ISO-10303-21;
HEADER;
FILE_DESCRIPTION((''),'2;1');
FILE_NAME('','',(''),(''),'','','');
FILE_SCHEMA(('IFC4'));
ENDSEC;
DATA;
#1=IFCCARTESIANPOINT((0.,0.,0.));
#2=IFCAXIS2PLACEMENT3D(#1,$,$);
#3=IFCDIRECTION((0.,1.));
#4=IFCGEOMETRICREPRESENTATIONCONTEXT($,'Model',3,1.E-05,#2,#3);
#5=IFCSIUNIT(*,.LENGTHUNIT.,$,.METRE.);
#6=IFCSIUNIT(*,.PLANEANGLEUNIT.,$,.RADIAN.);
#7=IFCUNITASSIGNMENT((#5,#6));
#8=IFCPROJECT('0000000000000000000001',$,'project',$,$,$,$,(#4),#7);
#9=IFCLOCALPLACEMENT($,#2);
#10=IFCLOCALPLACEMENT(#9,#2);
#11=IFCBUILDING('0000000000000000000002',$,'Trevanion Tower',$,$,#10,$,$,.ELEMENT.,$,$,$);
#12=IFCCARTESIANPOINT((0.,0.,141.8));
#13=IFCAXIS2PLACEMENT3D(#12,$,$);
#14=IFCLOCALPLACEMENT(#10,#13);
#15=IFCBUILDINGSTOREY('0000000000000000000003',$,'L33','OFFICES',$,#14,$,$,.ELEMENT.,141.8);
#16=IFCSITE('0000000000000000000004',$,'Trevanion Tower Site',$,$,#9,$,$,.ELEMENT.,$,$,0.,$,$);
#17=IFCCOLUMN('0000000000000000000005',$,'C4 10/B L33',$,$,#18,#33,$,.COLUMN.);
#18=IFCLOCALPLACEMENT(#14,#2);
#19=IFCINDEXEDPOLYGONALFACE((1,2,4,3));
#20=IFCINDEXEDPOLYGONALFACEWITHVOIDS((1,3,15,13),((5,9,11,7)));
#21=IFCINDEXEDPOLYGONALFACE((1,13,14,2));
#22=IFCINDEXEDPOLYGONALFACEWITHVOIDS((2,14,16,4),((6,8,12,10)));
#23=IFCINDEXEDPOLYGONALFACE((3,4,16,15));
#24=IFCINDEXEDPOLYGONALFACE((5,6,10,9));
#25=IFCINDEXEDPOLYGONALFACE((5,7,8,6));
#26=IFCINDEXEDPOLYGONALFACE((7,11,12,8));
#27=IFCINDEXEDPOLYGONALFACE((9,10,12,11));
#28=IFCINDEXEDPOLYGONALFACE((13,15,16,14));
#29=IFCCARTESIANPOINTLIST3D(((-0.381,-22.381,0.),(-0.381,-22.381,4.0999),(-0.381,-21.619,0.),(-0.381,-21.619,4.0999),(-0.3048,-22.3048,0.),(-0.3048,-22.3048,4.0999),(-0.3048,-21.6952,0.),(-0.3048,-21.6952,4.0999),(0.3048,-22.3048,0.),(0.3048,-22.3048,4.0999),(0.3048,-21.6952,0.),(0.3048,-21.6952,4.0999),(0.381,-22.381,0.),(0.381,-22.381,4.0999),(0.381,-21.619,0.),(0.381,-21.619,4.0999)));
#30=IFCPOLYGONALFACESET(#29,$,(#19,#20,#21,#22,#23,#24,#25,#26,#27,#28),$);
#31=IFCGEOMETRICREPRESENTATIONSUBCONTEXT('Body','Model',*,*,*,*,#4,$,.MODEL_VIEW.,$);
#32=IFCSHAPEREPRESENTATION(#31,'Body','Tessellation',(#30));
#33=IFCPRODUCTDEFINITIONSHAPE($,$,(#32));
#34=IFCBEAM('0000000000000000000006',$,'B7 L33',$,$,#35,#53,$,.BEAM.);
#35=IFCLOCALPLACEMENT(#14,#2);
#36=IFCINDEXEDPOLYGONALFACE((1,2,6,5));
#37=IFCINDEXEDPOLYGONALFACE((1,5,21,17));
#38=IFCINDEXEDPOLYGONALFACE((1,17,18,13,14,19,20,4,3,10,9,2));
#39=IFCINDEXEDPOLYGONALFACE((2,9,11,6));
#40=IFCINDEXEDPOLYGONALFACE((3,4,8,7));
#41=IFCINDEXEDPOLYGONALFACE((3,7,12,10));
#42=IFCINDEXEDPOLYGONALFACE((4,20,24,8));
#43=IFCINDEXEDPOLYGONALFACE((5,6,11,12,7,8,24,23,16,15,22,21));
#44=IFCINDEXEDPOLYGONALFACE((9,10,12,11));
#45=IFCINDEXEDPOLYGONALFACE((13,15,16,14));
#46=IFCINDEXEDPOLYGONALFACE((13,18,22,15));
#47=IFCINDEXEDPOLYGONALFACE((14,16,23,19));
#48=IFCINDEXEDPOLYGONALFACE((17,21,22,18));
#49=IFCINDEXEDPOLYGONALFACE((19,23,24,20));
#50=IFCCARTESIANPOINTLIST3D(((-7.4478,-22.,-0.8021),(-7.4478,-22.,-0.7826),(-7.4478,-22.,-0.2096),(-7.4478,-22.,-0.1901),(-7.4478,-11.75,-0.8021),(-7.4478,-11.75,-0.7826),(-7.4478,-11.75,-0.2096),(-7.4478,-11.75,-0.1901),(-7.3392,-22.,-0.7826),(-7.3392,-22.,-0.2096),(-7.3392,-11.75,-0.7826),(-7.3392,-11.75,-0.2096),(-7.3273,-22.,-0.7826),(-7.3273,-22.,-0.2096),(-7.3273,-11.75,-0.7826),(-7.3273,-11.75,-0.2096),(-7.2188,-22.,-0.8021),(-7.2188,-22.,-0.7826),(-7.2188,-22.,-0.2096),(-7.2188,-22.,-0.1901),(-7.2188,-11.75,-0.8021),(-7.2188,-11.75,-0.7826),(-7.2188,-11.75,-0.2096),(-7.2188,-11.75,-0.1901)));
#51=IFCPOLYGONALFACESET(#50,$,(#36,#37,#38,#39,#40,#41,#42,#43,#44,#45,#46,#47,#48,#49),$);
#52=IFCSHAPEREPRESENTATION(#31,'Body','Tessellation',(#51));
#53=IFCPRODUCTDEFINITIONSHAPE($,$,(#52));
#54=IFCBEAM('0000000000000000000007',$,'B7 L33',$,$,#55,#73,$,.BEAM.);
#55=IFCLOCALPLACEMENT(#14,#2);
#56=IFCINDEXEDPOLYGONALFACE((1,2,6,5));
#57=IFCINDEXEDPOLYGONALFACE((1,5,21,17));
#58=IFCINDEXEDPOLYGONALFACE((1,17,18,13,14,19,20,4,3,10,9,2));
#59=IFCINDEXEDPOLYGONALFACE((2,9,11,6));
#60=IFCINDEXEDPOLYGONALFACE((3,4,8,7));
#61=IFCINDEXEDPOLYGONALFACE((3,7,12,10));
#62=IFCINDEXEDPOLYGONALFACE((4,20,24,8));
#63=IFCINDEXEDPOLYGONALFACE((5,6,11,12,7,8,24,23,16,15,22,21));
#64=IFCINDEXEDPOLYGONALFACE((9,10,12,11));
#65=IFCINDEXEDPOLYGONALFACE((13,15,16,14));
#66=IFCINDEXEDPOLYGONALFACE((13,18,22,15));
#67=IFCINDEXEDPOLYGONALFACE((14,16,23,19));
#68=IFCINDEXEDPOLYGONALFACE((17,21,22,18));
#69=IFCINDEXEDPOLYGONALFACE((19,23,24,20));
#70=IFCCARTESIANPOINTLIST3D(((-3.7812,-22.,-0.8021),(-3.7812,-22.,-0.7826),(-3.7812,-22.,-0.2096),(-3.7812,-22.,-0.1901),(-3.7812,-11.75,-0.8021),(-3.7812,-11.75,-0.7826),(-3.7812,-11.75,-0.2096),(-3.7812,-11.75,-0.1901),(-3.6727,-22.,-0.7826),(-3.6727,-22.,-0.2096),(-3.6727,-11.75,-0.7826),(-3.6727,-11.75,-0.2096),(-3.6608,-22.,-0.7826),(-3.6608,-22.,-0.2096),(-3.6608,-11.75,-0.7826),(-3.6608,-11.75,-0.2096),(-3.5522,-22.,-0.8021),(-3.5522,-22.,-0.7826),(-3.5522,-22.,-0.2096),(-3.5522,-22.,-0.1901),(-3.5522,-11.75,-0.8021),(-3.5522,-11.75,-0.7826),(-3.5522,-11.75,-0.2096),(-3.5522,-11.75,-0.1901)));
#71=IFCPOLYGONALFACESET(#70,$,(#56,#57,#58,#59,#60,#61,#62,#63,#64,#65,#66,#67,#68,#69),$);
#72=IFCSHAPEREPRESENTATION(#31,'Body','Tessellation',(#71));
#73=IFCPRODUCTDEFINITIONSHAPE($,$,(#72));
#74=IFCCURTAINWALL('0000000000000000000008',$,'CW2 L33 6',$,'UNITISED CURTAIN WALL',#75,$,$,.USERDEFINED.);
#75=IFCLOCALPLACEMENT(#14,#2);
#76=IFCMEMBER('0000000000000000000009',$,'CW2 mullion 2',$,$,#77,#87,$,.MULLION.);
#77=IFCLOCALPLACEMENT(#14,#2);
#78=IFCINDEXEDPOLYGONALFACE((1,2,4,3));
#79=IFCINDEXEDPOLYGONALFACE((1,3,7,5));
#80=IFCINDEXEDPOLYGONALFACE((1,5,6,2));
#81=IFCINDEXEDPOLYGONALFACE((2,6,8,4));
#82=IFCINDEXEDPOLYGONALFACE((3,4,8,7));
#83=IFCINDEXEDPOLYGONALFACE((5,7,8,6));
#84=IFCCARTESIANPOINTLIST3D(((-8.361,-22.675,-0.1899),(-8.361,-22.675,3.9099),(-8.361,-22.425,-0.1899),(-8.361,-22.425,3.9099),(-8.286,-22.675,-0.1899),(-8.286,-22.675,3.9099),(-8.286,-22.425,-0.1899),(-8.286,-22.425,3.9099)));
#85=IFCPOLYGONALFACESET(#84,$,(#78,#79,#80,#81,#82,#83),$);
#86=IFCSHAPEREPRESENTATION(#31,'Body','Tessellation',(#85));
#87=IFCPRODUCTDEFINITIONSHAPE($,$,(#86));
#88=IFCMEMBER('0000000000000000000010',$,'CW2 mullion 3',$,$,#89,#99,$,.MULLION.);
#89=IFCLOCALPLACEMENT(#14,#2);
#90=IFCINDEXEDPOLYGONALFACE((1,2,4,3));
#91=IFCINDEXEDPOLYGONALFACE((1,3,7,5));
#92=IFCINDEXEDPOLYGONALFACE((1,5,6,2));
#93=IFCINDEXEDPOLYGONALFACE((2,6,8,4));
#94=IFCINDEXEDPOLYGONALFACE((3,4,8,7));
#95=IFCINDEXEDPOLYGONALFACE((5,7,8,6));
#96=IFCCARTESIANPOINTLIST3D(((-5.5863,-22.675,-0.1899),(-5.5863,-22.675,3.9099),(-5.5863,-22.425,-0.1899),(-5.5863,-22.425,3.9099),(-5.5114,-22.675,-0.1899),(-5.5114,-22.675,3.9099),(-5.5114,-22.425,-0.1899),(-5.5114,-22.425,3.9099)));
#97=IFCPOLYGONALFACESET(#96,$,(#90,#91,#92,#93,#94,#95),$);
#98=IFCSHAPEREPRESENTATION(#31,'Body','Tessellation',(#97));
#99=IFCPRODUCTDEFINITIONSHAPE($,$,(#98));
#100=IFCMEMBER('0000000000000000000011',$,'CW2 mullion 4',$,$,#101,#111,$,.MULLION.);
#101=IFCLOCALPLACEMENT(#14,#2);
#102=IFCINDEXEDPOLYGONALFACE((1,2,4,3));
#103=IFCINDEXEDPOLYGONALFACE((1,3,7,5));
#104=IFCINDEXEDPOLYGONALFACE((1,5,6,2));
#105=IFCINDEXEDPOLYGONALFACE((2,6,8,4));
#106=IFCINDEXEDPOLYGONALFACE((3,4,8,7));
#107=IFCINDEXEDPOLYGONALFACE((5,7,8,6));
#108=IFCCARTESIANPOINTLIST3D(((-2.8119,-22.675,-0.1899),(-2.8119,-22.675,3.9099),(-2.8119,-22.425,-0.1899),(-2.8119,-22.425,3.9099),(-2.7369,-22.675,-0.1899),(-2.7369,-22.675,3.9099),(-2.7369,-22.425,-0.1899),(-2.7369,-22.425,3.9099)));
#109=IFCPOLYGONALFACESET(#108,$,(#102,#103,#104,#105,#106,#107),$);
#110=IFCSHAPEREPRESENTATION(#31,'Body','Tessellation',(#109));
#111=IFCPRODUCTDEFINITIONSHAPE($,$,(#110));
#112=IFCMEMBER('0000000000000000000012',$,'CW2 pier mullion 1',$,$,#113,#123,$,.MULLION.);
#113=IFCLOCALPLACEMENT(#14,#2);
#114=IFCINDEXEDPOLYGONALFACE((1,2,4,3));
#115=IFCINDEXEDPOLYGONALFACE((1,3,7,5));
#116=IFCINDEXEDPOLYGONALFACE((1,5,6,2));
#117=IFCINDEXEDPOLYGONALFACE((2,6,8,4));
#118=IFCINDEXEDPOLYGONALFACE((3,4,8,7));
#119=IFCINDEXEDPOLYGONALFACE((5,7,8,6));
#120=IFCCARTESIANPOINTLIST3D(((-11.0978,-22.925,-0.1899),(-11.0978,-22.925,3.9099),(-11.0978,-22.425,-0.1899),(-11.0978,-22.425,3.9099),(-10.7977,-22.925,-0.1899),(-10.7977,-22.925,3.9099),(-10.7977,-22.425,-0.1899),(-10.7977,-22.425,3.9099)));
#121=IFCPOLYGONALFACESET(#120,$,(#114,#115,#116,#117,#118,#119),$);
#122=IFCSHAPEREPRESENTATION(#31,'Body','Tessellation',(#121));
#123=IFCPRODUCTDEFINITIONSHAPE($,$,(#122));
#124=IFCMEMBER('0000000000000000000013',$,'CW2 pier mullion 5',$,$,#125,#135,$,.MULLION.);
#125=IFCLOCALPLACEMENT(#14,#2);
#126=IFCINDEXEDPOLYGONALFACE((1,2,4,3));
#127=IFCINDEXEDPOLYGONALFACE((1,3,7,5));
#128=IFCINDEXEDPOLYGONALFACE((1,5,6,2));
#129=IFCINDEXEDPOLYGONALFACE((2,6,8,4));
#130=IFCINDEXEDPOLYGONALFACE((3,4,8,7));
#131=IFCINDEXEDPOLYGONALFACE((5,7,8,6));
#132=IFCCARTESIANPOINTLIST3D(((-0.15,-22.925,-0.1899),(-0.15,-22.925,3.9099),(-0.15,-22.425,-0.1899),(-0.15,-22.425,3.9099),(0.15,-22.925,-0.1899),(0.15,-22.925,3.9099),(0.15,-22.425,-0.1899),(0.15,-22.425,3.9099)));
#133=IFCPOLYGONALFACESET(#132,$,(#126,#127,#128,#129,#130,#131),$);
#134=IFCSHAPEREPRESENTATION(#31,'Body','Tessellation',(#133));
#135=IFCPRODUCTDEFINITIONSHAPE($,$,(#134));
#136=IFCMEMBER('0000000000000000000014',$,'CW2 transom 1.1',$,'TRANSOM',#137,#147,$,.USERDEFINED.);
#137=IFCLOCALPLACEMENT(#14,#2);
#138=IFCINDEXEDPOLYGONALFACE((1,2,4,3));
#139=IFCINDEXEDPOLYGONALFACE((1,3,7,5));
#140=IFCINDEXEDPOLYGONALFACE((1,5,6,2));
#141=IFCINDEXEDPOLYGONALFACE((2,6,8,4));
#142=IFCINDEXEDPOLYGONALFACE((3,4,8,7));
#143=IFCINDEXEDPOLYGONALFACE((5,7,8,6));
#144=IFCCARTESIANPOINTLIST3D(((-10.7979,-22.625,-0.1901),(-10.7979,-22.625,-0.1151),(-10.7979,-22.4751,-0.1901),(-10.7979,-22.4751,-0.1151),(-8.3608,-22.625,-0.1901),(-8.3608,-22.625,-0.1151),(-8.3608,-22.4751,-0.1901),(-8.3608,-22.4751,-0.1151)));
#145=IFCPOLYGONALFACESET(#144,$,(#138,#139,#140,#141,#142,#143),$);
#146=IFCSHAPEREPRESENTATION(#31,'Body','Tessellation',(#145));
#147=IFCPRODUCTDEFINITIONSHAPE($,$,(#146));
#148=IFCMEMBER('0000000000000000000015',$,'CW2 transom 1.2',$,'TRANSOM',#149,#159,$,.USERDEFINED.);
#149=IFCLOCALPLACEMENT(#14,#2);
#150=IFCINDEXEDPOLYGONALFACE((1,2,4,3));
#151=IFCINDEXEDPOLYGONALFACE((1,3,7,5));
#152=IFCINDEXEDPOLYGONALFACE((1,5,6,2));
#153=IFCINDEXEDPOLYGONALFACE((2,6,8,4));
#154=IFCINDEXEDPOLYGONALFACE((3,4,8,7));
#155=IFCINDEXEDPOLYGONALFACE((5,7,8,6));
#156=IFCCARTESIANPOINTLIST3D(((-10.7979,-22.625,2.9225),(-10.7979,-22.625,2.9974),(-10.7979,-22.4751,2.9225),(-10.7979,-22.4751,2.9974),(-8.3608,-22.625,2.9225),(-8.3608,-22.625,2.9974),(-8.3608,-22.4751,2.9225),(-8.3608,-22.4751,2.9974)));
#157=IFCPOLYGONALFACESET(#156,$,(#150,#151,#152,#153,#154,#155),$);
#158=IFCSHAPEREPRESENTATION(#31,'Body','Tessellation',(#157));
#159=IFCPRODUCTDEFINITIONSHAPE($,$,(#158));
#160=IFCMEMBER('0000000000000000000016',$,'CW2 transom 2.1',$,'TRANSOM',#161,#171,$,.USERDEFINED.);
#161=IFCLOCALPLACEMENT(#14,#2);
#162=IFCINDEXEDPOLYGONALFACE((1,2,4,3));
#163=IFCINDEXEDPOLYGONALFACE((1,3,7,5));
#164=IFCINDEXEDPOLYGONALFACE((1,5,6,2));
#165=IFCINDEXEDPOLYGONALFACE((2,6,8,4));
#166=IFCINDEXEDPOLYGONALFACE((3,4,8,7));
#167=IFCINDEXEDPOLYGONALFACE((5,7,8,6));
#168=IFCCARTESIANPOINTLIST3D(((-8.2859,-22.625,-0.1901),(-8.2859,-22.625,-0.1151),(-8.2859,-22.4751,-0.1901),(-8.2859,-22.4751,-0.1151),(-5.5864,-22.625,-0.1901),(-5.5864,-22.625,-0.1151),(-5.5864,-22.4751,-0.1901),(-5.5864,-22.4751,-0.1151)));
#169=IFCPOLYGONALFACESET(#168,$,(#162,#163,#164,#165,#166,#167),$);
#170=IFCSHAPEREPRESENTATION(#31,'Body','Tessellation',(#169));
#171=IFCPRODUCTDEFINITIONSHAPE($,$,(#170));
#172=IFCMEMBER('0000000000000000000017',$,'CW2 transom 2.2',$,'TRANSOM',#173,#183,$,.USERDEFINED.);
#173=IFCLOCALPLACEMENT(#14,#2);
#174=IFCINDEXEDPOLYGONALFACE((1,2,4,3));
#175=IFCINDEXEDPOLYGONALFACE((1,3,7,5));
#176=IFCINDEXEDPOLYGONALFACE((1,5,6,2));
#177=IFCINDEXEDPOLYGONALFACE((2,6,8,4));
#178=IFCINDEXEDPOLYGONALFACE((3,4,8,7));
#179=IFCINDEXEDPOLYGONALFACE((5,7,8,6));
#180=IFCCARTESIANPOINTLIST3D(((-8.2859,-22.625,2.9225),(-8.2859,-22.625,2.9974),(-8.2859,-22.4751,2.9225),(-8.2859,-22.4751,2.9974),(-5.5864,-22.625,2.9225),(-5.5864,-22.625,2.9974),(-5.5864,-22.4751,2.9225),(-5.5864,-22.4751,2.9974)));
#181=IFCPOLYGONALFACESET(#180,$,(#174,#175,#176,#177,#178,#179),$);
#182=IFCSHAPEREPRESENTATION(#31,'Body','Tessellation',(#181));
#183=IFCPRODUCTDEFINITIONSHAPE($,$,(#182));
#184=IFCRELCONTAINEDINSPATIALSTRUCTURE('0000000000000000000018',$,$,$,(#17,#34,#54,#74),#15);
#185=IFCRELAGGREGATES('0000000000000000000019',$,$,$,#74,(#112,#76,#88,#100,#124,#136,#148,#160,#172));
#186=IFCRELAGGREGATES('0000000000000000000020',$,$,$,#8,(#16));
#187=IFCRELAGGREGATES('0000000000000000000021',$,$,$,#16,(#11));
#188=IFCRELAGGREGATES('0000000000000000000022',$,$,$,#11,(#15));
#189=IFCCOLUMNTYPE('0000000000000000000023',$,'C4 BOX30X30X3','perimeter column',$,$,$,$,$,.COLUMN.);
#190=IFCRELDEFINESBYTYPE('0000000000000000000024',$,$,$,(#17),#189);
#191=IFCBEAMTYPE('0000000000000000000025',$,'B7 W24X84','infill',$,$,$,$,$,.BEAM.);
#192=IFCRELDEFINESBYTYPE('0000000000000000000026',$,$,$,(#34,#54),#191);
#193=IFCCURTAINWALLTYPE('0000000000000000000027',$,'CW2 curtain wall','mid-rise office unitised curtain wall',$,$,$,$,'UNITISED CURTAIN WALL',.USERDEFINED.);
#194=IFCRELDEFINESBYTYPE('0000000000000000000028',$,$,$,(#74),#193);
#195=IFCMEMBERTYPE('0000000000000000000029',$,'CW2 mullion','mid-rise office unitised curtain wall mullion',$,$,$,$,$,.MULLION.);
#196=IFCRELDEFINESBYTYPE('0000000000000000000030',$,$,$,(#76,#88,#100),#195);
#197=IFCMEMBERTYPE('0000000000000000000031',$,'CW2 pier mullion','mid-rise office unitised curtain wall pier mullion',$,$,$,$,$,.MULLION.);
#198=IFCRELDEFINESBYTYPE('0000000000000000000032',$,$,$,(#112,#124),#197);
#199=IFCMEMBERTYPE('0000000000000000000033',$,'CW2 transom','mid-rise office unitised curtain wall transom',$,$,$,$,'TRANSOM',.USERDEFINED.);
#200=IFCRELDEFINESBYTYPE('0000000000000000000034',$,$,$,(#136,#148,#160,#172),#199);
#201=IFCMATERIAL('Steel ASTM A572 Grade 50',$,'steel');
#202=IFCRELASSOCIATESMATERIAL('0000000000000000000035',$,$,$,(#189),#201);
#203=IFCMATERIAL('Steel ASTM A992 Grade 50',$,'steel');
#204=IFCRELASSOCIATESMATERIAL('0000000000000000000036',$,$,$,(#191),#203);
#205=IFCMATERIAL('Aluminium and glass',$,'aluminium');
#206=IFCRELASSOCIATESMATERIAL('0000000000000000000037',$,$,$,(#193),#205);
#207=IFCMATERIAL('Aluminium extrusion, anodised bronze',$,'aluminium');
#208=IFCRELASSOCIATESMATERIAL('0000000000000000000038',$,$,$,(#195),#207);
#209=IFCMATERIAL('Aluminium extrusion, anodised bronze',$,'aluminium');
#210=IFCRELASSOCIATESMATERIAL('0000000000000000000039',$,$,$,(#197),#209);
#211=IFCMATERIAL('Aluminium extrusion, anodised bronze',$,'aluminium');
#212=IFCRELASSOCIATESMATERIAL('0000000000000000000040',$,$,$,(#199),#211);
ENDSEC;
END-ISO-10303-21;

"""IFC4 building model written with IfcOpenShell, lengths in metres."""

from ifc_helpers import new_model, si_unit, direction, frame, origin, origin_2d, place, context, subcontext, project, spatial, rectangle, hollow_rectangle, i_section, extrude, material, material_profile, profile_set, type_object, element, aggregate, save


model = new_model("IFC4")

# Units and contexts
model_context = context("Model", 3, precision=1e-05, world=origin(), true_north=direction((0.0, 1.0)))
body_context = subcontext(model_context, "Body", "Model", "MODEL_VIEW")
ifc_project = project(units=[si_unit("LENGTHUNIT", "METRE"), si_unit("PLANEANGLEUNIT", "RADIAN")], contexts=[model_context])

# Site, building, storey
site_placement = place(None, origin())
site = spatial("IfcSite", under=ifc_project, at=site_placement, Name="Trevanion Tower Site", CompositionType="ELEMENT", RefElevation=0.0)
building_placement = place(site_placement, origin())
building = spatial("IfcBuilding", under=site, at=building_placement, Name="Trevanion Tower", CompositionType="ELEMENT")
storey_placement = place(building_placement, frame((0.0, 0.0, 141.8)))
storey = spatial("IfcBuildingStorey", under=building, at=storey_placement, Name="L33", Description="OFFICES", CompositionType="ELEMENT", Elevation=141.8)

# Column
ifc_material_1 = material(Name="Steel ASTM A572 Grade 50", Category="steel")
ifc_material_profile_1 = material_profile(ifc_material_1, hollow_rectangle(XDim=0.762, YDim=0.762, WallThickness=0.0762, at=origin_2d()), Name="BOX30X30X3")
ifc_profile_set_1 = profile_set([ifc_material_profile_1], Name="Steel ASTM A572 Grade 50")
column_type = type_object("IfcColumnType", Name="C4 BOX30X30X3", Description="perimeter column", PredefinedType="COLUMN", material=ifc_profile_set_1)
column_placement = place(storey_placement, frame((0.0, -22.0, 0.0), z_axis=(0.0, 0.0, 1.0), x_axis=(1.0, 0.0, 0.0)))
element("IfcColumn", 1, at=column_placement, inside=storey, type_object=column_type, Name="C4 10/B L33", PredefinedType="COLUMN", context=body_context, shape_type="SweptSolid", body=[
    extrude(hollow_rectangle(XDim=0.762, YDim=0.762, WallThickness=0.0762, at=origin_2d()), origin(), (0.0, 0.0, 1.0), 4.0999),
])

# Beams
ifc_material_2 = material(Name="Steel ASTM A992 Grade 50", Category="steel")
ifc_material_profile_2 = material_profile(ifc_material_2, i_section(OverallWidth=0.229, OverallDepth=0.6121, WebThickness=0.012, FlangeThickness=0.0195, at=origin_2d()), Name="W24X84")
ifc_profile_set_2 = profile_set([ifc_material_profile_2], Name="Steel ASTM A992 Grade 50")
beam_type_1 = type_object("IfcBeamType", Name="B7 W24X84", Description="infill", PredefinedType="BEAM", material=ifc_profile_set_2)
for number, where, z_axis, x_axis, name in (
    (2, (-7.3333, -11.75, -0.4961), (0.0, -1.0, 0.0), (1.0, 0.0, 0.0), "B7 L33"),
    (3, (-3.6667, -11.75, -0.4961), (0.0, -1.0, 0.0), (1.0, 0.0, 0.0), "B7 L33"),
):
    element("IfcBeam", number, at=place(storey_placement, frame(where, z_axis=z_axis, x_axis=x_axis)), inside=storey, type_object=beam_type_1, Name=name, PredefinedType="BEAM", context=body_context, shape_type="SweptSolid", body=[
        extrude(i_section(OverallWidth=0.229, OverallDepth=0.6121, WebThickness=0.012, FlangeThickness=0.0195, at=origin_2d()), origin(), (0.0, 0.0, 1.0), 10.25),
    ])

# Curtain wall, members
ifc_material_3 = material(Name="Aluminium and glass", Category="aluminium")
curtain_wall_type = type_object("IfcCurtainWallType", Name="CW2 curtain wall", Description="mid-rise office unitised curtain wall", ElementType="UNITISED CURTAIN WALL", PredefinedType="USERDEFINED", material=ifc_material_3)
curtain_wall_placement = place(storey_placement, origin())
curtain_wall = element("IfcCurtainWall", 4, at=curtain_wall_placement, inside=storey, type_object=curtain_wall_type, Name="CW2 L33 6", ObjectType="UNITISED CURTAIN WALL", PredefinedType="USERDEFINED")
ifc_material_4 = material(Name="Aluminium extrusion, anodised bronze", Category="aluminium")
ifc_material_profile_3 = material_profile(ifc_material_4, rectangle(XDim=0.075, YDim=0.25, at=origin_2d()), Name="CW2 mullion")
ifc_profile_set_3 = profile_set([ifc_material_profile_3], Name="Aluminium extrusion, anodised bronze")
member_type_1 = type_object("IfcMemberType", Name="CW2 mullion", Description="mid-rise office unitised curtain wall mullion", PredefinedType="MULLION", material=ifc_profile_set_3)
member_1_placement = place(storey_placement, frame((-8.3235, -22.55, -0.1899), z_axis=(0.0, 0.0, 1.0), x_axis=(1.0, 0.0, 0.0)))
member_1 = element("IfcMember", 5, at=member_1_placement, type_object=member_type_1, Name="CW2 mullion 2", PredefinedType="MULLION", context=body_context, shape_type="SweptSolid", body=[
    extrude(rectangle(XDim=0.075, YDim=0.25, at=origin_2d()), origin(), (0.0, 0.0, 1.0), 4.0999),
])
member_2_placement = place(storey_placement, frame((-5.5488, -22.55, -0.1899), z_axis=(0.0, 0.0, 1.0), x_axis=(1.0, 0.0, 0.0)))
member_2 = element("IfcMember", 6, at=member_2_placement, type_object=member_type_1, Name="CW2 mullion 3", PredefinedType="MULLION", context=body_context, shape_type="SweptSolid", body=[
    extrude(rectangle(XDim=0.075, YDim=0.25, at=origin_2d()), origin(), (0.0, 0.0, 1.0), 4.0999),
])
member_3_placement = place(storey_placement, frame((-2.7744, -22.55, -0.1899), z_axis=(0.0, 0.0, 1.0), x_axis=(1.0, 0.0, 0.0)))
member_3 = element("IfcMember", 7, at=member_3_placement, type_object=member_type_1, Name="CW2 mullion 4", PredefinedType="MULLION", context=body_context, shape_type="SweptSolid", body=[
    extrude(rectangle(XDim=0.075, YDim=0.25, at=origin_2d()), origin(), (0.0, 0.0, 1.0), 4.0999),
])
ifc_material_5 = material(Name="Aluminium extrusion, anodised bronze", Category="aluminium")
ifc_material_profile_4 = material_profile(ifc_material_5, rectangle(XDim=0.3, YDim=0.5, at=origin_2d()), Name="CW2 pier mullion")
ifc_profile_set_4 = profile_set([ifc_material_profile_4], Name="Aluminium extrusion, anodised bronze")
member_type_2 = type_object("IfcMemberType", Name="CW2 pier mullion", Description="mid-rise office unitised curtain wall pier mullion", PredefinedType="MULLION", material=ifc_profile_set_4)
member_4_placement = place(storey_placement, frame((-10.9478, -22.675, -0.1899), z_axis=(0.0, 0.0, 1.0), x_axis=(1.0, 0.0, 0.0)))
member_4 = element("IfcMember", 8, at=member_4_placement, type_object=member_type_2, Name="CW2 pier mullion 1", PredefinedType="MULLION", context=body_context, shape_type="SweptSolid", body=[
    extrude(rectangle(XDim=0.3, YDim=0.5, at=origin_2d()), origin(), (0.0, 0.0, 1.0), 4.0999),
])
member_5_placement = place(storey_placement, frame((0.0, -22.675, -0.1899), z_axis=(0.0, 0.0, 1.0), x_axis=(1.0, 0.0, 0.0)))
member_5 = element("IfcMember", 9, at=member_5_placement, type_object=member_type_2, Name="CW2 pier mullion 5", PredefinedType="MULLION", context=body_context, shape_type="SweptSolid", body=[
    extrude(rectangle(XDim=0.3, YDim=0.5, at=origin_2d()), origin(), (0.0, 0.0, 1.0), 4.0999),
])
ifc_material_6 = material(Name="Aluminium extrusion, anodised bronze", Category="aluminium")
ifc_material_profile_5 = material_profile(ifc_material_6, rectangle(XDim=0.1499, YDim=0.075, at=origin_2d()), Name="CW2 transom")
ifc_profile_set_5 = profile_set([ifc_material_profile_5], Name="Aluminium extrusion, anodised bronze")
member_type_3 = type_object("IfcMemberType", Name="CW2 transom", Description="mid-rise office unitised curtain wall transom", ElementType="TRANSOM", PredefinedType="USERDEFINED", material=ifc_profile_set_5)
member_6_placement = place(storey_placement, frame((-10.7979, -22.55, -0.1526), z_axis=(1.0, 0.0, 0.0), x_axis=(0.0, 1.0, 0.0)))
member_6 = element("IfcMember", 10, at=member_6_placement, type_object=member_type_3, Name="CW2 transom 1.1", ObjectType="TRANSOM", PredefinedType="USERDEFINED", context=body_context, shape_type="SweptSolid", body=[
    extrude(rectangle(XDim=0.1499, YDim=0.075, at=origin_2d()), origin(), (0.0, 0.0, 1.0), 2.437),
])
member_7_placement = place(storey_placement, frame((-10.7979, -22.55, 2.96), z_axis=(1.0, 0.0, 0.0), x_axis=(0.0, 1.0, 0.0)))
member_7 = element("IfcMember", 11, at=member_7_placement, type_object=member_type_3, Name="CW2 transom 1.2", ObjectType="TRANSOM", PredefinedType="USERDEFINED", context=body_context, shape_type="SweptSolid", body=[
    extrude(rectangle(XDim=0.1499, YDim=0.075, at=origin_2d()), origin(), (0.0, 0.0, 1.0), 2.437),
])
member_8_placement = place(storey_placement, frame((-8.2859, -22.55, -0.1526), z_axis=(1.0, 0.0, 0.0), x_axis=(0.0, 1.0, 0.0)))
member_8 = element("IfcMember", 12, at=member_8_placement, type_object=member_type_3, Name="CW2 transom 2.1", ObjectType="TRANSOM", PredefinedType="USERDEFINED", context=body_context, shape_type="SweptSolid", body=[
    extrude(rectangle(XDim=0.1499, YDim=0.075, at=origin_2d()), origin(), (0.0, 0.0, 1.0), 2.6995),
])
member_9_placement = place(storey_placement, frame((-8.2859, -22.55, 2.96), z_axis=(1.0, 0.0, 0.0), x_axis=(0.0, 1.0, 0.0)))
member_9 = element("IfcMember", 13, at=member_9_placement, type_object=member_type_3, Name="CW2 transom 2.2", ObjectType="TRANSOM", PredefinedType="USERDEFINED", context=body_context, shape_type="SweptSolid", body=[
    extrude(rectangle(XDim=0.1499, YDim=0.075, at=origin_2d()), origin(), (0.0, 0.0, 1.0), 2.6995),
])

aggregate(curtain_wall, [member_4, member_1, member_2, member_3, member_5, member_6, member_7, member_8, member_9])

save(model, "model.ifc")
